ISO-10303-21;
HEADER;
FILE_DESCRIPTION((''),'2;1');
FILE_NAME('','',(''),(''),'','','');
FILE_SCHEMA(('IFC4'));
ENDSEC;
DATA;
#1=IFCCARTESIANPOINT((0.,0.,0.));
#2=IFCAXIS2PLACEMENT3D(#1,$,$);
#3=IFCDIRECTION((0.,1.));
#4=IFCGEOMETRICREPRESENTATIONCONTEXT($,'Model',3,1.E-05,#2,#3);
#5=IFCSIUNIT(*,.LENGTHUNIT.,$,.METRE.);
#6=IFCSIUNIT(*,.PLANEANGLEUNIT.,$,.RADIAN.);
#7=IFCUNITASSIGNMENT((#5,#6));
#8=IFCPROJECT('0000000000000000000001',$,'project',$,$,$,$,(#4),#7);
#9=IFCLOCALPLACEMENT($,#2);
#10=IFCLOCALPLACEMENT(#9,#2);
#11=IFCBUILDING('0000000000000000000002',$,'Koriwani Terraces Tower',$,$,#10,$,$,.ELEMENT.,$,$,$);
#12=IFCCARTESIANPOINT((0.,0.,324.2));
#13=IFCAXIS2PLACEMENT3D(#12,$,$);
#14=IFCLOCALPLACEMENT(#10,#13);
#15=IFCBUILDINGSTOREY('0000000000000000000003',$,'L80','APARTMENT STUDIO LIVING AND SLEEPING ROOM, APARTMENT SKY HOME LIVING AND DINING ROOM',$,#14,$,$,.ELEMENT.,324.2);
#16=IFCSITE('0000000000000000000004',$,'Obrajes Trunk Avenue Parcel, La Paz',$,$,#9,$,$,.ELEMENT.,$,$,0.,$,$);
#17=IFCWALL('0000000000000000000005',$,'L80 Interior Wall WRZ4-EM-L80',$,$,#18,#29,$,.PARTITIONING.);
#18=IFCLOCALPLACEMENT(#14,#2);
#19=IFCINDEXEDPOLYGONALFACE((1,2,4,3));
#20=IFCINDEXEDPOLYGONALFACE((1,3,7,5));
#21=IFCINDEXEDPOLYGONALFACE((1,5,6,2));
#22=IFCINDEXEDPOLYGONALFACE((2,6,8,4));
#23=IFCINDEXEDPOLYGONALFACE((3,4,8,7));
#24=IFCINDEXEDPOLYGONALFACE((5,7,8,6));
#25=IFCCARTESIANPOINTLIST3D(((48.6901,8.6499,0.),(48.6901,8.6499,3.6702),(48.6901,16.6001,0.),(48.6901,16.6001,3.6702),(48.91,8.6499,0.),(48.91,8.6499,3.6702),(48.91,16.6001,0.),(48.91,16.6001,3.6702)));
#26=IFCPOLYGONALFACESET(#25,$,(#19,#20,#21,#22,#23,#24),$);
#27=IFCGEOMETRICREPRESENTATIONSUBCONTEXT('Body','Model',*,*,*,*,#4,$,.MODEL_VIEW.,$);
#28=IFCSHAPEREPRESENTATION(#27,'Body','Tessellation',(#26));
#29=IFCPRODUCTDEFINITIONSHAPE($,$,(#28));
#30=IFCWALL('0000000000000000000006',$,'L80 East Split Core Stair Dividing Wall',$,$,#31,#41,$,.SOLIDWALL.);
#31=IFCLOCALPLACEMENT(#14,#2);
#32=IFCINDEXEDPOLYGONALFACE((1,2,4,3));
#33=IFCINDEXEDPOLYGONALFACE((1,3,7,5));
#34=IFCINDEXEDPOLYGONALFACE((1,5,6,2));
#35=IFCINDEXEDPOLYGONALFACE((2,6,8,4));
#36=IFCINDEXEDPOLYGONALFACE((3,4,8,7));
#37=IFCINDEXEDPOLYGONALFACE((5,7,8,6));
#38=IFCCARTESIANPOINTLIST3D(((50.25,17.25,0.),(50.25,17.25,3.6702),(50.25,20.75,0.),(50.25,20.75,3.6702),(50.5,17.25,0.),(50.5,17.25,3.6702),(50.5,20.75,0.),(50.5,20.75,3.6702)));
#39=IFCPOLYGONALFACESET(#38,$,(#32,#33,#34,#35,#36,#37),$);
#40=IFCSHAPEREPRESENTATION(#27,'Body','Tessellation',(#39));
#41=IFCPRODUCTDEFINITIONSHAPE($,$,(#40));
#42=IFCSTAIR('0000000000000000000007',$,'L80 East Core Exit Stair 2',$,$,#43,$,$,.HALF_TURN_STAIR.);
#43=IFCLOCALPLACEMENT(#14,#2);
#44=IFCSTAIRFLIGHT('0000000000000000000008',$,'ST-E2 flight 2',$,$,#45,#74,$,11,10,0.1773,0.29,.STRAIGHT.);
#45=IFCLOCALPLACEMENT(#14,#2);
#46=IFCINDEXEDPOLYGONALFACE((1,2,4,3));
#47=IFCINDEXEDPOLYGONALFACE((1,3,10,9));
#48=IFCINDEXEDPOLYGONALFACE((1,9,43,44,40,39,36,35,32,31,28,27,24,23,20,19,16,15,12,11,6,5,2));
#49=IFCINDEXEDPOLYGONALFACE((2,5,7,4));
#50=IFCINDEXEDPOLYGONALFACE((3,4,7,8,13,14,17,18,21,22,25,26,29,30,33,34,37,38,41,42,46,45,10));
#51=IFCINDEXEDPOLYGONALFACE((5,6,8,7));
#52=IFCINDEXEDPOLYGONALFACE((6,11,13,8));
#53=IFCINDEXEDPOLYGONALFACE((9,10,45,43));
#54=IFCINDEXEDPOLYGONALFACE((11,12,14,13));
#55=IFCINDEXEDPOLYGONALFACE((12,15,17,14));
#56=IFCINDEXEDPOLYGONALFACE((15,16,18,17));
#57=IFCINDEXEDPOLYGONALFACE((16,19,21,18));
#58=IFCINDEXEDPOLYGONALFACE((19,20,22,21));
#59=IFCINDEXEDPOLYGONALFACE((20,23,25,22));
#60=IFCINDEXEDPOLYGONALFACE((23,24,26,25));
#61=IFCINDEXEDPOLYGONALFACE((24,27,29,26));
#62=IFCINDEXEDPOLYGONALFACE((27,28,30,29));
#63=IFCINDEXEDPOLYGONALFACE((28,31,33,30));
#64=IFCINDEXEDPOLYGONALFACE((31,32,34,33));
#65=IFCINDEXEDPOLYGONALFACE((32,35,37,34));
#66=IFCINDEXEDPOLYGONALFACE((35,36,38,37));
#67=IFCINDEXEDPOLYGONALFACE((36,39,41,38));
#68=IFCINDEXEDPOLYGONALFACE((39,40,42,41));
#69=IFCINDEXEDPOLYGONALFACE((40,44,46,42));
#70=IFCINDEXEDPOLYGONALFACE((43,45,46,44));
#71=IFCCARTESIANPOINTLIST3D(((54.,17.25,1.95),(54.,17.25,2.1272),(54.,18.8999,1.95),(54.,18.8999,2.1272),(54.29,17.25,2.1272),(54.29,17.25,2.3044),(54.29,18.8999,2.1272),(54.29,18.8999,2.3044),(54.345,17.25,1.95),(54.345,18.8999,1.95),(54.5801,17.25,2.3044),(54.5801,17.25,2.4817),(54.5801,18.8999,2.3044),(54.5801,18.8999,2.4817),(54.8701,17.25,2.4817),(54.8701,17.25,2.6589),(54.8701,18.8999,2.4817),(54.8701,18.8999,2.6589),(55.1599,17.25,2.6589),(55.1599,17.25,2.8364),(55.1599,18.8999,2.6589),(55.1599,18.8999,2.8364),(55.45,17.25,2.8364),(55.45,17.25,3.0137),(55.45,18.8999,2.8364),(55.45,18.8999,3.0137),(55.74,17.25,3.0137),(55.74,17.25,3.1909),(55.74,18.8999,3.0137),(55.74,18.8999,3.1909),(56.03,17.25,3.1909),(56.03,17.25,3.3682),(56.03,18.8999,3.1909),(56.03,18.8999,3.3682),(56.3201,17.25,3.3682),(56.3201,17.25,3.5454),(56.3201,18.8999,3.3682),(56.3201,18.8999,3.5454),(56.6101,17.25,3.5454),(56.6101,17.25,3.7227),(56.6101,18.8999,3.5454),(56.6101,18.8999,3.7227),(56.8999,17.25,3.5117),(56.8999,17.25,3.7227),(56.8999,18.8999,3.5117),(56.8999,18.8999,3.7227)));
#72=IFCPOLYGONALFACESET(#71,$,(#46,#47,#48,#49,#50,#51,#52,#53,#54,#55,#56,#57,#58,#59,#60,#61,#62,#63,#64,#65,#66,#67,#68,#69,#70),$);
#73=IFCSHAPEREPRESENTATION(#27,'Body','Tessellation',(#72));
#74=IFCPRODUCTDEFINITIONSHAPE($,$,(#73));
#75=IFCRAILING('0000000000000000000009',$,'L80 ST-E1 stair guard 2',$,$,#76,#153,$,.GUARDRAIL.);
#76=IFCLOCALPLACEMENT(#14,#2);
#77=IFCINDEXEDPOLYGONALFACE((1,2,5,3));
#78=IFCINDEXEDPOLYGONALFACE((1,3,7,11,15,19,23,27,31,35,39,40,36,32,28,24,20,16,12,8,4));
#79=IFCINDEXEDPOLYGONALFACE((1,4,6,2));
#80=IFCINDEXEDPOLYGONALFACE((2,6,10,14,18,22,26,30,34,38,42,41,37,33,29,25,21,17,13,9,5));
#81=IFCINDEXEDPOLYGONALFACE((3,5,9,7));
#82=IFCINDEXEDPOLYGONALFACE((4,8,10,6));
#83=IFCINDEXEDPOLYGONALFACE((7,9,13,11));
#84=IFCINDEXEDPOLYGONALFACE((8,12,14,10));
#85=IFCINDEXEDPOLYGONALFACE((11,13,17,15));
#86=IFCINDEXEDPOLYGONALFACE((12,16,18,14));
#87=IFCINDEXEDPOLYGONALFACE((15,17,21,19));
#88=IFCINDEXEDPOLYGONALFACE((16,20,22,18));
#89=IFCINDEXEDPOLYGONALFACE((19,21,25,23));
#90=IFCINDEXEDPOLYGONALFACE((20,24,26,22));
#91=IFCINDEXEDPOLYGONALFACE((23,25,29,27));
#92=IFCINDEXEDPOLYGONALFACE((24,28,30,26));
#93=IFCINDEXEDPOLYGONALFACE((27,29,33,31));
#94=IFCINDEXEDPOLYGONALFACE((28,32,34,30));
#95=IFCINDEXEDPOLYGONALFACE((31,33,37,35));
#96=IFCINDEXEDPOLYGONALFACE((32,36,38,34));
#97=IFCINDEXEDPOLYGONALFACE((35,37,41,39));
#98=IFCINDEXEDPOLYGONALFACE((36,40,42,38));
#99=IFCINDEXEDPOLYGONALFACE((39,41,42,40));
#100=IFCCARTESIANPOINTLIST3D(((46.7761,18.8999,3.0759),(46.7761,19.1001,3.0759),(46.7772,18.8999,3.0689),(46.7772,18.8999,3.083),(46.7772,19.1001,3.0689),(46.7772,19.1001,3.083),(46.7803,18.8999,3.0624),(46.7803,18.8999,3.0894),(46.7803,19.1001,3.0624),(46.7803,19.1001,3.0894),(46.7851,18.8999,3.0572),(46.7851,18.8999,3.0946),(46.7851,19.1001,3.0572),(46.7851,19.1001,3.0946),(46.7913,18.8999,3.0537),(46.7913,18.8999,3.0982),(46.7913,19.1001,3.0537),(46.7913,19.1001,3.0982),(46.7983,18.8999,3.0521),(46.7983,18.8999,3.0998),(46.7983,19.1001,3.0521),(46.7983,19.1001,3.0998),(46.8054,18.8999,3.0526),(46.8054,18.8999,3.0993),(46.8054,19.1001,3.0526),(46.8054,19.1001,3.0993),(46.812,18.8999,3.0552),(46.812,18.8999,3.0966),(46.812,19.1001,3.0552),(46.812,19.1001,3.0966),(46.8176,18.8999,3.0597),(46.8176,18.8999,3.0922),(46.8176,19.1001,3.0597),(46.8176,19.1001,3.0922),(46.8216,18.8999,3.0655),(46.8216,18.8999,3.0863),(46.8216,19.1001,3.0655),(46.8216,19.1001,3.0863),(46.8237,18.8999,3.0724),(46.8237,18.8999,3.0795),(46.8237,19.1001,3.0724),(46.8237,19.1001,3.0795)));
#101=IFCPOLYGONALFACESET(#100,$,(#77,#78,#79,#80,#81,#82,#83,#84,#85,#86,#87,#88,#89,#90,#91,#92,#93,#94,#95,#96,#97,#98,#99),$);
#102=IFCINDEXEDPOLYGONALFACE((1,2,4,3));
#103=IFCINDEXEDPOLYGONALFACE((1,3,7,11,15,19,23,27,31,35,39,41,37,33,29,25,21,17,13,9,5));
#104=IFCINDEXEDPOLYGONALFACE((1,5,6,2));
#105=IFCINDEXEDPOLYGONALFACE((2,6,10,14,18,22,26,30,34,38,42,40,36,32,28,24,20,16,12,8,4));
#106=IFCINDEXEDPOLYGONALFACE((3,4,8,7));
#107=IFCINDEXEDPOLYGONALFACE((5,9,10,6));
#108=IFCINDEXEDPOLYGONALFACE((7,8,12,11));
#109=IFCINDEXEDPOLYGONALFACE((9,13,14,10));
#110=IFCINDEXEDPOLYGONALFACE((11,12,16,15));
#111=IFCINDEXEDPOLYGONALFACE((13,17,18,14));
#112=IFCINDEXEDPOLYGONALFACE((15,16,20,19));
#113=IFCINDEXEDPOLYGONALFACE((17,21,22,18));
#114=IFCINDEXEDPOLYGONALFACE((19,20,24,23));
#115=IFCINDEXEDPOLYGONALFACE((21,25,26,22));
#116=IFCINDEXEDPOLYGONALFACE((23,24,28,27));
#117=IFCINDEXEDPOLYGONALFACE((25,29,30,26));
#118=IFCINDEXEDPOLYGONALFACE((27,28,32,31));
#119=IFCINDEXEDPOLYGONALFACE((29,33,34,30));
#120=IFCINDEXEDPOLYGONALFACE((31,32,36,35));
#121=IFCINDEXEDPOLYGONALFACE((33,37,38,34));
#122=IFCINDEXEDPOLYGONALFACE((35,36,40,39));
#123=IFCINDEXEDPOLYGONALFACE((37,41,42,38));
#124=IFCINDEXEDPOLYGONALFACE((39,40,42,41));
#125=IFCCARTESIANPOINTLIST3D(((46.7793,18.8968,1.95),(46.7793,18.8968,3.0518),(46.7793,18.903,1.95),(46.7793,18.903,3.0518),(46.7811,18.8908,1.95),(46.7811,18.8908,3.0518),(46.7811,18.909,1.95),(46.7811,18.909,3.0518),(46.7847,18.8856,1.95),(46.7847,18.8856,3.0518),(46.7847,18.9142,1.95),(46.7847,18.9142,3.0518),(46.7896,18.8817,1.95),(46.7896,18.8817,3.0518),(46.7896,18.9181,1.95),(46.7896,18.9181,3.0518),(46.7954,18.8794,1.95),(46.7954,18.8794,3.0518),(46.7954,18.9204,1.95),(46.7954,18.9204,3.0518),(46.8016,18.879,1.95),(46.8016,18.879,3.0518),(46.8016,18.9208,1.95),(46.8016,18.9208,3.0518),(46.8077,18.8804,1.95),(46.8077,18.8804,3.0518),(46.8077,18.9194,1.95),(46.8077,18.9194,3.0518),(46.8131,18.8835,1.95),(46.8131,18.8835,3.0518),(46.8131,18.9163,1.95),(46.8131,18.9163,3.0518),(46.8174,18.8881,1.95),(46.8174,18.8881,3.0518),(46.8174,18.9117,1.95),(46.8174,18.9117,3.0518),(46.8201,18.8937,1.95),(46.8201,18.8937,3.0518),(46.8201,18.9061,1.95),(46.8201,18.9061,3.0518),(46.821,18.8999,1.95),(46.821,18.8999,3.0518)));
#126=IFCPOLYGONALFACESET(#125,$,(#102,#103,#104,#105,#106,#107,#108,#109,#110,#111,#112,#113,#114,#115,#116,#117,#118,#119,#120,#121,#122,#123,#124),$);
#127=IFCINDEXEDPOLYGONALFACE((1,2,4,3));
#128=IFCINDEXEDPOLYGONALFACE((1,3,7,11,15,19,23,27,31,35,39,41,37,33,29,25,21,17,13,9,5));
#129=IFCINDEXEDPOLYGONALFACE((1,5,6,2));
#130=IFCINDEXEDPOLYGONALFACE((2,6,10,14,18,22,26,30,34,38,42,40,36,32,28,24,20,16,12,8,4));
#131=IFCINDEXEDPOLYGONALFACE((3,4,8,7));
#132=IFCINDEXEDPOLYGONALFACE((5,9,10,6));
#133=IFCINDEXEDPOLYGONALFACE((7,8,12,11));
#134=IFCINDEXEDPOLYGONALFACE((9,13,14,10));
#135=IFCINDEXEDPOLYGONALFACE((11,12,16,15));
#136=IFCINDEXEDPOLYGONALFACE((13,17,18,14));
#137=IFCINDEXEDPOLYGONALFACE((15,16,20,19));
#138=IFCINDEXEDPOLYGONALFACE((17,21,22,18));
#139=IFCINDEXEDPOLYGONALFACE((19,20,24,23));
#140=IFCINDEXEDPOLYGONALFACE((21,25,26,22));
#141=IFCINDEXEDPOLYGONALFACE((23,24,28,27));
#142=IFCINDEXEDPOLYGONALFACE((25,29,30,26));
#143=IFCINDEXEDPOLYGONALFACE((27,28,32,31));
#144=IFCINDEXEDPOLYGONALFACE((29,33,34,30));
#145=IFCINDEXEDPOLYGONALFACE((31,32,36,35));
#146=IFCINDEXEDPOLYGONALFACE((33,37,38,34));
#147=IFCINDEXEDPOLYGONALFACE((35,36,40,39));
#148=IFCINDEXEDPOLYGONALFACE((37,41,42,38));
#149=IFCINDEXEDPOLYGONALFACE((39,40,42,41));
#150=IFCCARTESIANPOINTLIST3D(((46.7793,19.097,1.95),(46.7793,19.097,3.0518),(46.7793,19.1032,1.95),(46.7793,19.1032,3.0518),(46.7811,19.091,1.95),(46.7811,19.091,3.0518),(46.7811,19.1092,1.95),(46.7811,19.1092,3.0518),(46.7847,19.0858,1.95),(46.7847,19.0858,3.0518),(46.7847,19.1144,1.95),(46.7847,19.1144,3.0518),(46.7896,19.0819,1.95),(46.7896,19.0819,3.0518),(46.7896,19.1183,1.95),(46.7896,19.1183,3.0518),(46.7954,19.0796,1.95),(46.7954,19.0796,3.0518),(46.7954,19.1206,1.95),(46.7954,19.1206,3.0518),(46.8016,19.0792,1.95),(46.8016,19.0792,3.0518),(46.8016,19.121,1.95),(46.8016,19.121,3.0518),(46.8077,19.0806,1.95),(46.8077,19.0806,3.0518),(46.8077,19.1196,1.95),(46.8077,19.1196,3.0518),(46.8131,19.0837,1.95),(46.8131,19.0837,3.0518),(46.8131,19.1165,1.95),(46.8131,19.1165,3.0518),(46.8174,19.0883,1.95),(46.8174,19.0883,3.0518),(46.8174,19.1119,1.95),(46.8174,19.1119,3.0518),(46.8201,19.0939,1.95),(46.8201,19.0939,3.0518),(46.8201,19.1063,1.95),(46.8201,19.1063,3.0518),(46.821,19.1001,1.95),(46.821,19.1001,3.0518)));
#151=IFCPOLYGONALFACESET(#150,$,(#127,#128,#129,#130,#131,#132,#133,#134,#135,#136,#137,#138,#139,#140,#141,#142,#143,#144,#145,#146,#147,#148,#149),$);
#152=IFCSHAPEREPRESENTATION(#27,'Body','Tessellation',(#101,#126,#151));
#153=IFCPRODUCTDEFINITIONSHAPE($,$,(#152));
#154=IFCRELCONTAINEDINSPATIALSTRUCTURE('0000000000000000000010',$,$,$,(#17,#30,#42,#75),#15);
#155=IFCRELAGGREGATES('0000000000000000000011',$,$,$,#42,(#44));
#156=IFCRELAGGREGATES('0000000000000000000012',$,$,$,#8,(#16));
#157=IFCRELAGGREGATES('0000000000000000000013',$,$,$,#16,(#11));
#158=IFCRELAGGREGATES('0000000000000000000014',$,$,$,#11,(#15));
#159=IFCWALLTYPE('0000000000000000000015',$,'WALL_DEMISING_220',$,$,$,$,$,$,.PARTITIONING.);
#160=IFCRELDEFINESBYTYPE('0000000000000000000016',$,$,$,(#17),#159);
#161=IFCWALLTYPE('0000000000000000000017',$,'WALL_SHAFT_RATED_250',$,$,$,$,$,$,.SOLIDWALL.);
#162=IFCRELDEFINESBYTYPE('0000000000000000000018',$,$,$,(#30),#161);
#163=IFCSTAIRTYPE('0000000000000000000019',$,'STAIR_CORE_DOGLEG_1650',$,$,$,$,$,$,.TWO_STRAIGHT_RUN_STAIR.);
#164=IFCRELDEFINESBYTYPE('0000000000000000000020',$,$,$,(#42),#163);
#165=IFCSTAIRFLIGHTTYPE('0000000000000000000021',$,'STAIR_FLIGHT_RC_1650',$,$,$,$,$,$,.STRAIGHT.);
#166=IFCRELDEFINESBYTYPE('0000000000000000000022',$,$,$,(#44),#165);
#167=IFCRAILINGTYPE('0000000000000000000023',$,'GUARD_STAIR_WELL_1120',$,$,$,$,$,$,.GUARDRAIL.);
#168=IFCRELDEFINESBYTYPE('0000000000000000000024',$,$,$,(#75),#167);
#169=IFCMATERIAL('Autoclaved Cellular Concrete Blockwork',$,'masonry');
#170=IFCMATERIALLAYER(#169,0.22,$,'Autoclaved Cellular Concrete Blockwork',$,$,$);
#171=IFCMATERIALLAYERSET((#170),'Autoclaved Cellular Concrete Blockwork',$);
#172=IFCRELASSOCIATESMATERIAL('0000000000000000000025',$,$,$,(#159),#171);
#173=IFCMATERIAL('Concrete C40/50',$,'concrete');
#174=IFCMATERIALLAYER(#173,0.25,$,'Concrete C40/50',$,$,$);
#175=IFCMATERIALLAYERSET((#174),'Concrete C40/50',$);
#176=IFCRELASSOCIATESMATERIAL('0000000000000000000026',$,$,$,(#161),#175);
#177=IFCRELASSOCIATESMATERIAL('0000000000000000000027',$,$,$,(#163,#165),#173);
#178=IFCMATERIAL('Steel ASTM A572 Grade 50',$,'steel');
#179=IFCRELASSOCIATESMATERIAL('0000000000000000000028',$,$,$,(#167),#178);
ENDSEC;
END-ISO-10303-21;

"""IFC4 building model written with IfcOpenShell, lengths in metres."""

from ifc_helpers import new_model, si_unit, direction, frame, frame_2d, origin, origin_2d, place, context, subcontext, project, spatial, polyline, rectangle, circle, outline, extrude, material, layer, layer_set, type_object, element, aggregate, save


model = new_model("IFC4")

# Units and contexts
model_context = context("Model", 3, precision=1e-05, world=origin(), true_north=direction((0.0, 1.0)))
body_context = subcontext(model_context, "Body", "Model", "MODEL_VIEW")
ifc_project = project(units=[si_unit("LENGTHUNIT", "METRE"), si_unit("PLANEANGLEUNIT", "RADIAN")], contexts=[model_context])

# Site, building, storey
site_placement = place(None, origin())
site = spatial("IfcSite", under=ifc_project, at=site_placement, Name="Obrajes Trunk Avenue Parcel, La Paz", CompositionType="ELEMENT", RefElevation=0.0)
building_placement = place(site_placement, origin())
building = spatial("IfcBuilding", under=site, at=building_placement, Name="Koriwani Terraces Tower", CompositionType="ELEMENT")
storey_placement = place(building_placement, frame((0.0, 0.0, 324.2)))
storey = spatial("IfcBuildingStorey", under=building, at=storey_placement, Name="L80", Description="APARTMENT STUDIO LIVING AND SLEEPING ROOM, APARTMENT SKY HOME LIVING AND DINING ROOM", CompositionType="ELEMENT", Elevation=324.2)

# Shared definitions
ifc_material_1 = material(Name="Concrete C40/50", Category="concrete")
ifc_material_2 = material(Name="Steel ASTM A572 Grade 50", Category="steel")

# Shared definitions
ifc_material_3 = material(Name="Autoclaved Cellular Concrete Blockwork", Category="masonry")

# Walls
ifc_layer_1 = layer(ifc_material_3, 0.22, Name="Autoclaved Cellular Concrete Blockwork")
ifc_layer_set_1 = layer_set([ifc_layer_1], Name="Autoclaved Cellular Concrete Blockwork")
wall_type_1 = type_object("IfcWallType", Name="WALL_DEMISING_220", PredefinedType="PARTITIONING", material=ifc_layer_set_1)
wall_1_placement = place(storey_placement, frame((48.8, 8.6499, 0.0), z_axis=(0.0, 0.0, 1.0), x_axis=(0.0, 1.0, 0.0)))
element("IfcWall", 1, at=wall_1_placement, inside=storey, type_object=wall_type_1, Name="L80 Interior Wall WRZ4-EM-L80", PredefinedType="PARTITIONING", context=body_context, shape_type="SweptSolid", body=[
    extrude(rectangle(XDim=7.9502, YDim=0.22, at=frame_2d((3.9751, 0.0))), origin(), (0.0, 0.0, 1.0), 3.6702),
])
ifc_layer_2 = layer(ifc_material_1, 0.25, Name="Concrete C40/50")
ifc_layer_set_2 = layer_set([ifc_layer_2], Name="Concrete C40/50")
wall_type_2 = type_object("IfcWallType", Name="WALL_SHAFT_RATED_250", PredefinedType="SOLIDWALL", material=ifc_layer_set_2)
wall_2_placement = place(storey_placement, frame((50.375, 17.25, 0.0), z_axis=(0.0, 0.0, 1.0), x_axis=(0.0, 1.0, 0.0)))
element("IfcWall", 2, at=wall_2_placement, inside=storey, type_object=wall_type_2, Name="L80 East Split Core Stair Dividing Wall", PredefinedType="SOLIDWALL", context=body_context, shape_type="SweptSolid", body=[
    extrude(rectangle(XDim=3.5, YDim=0.25, at=frame_2d((1.75, 0.0))), origin(), (0.0, 0.0, 1.0), 3.6702),
])

# Stair, stair flight
stair_type = type_object("IfcStairType", Name="STAIR_CORE_DOGLEG_1650", PredefinedType="TWO_STRAIGHT_RUN_STAIR", material=ifc_material_1)
stair_placement = place(storey_placement, origin())
stair = element("IfcStair", 3, at=stair_placement, inside=storey, type_object=stair_type, Name="L80 East Core Exit Stair 2", PredefinedType="HALF_TURN_STAIR")
stair_flight_type = type_object("IfcStairFlightType", Name="STAIR_FLIGHT_RC_1650", PredefinedType="STRAIGHT", material=ifc_material_1)
stair_flight_placement = place(storey_placement, frame((54.0, 18.075, 1.95), z_axis=(0.0, 0.0, 1.0), x_axis=(1.0, 0.0, 0.0)))
stair_flight = element("IfcStairFlight", 4, at=stair_flight_placement, type_object=stair_flight_type, Name="ST-E2 flight 2", NumberOfRisers=11, NumberOfTreads=10, PredefinedType="STRAIGHT", RiserHeight=0.1773, TreadLength=0.29, context=body_context, shape_type="SweptSolid", body=[
    extrude(outline(polyline([(0.0, 0.0), (0.0, 0.1772), (0.29, 0.1772), (0.29, 0.3545), (0.5801, 0.3545), (0.5801, 0.5317), (0.8701, 0.5317), (0.8701, 0.709), (1.1599, 0.709), (1.1599, 0.8865), (1.45, 0.8865), (1.45, 1.0637), (1.74, 1.0637), (1.74, 1.241), (2.03, 1.241), (2.03, 1.4182), (2.3201, 1.4182), (2.3201, 1.5955), (2.6101, 1.5955), (2.6101, 1.7727), (2.8999, 1.7727), (2.8999, 1.95), (2.8999, 1.5618), (0.345, 0.0), (0.0, 0.0)])), frame((0.0, 0.825, 0.0), z_axis=(0.0, -1.0, 0.0), x_axis=(1.0, 0.0, 0.0)), (0.0, 0.0, 1.0), 1.6499),
])
aggregate(stair, [stair_flight])

# Railing
railing_type_1 = type_object("IfcRailingType", Name="GUARD_STAIR_WELL_1120", PredefinedType="GUARDRAIL", material=ifc_material_2)
railing_1_placement = place(storey_placement, frame((46.8, 18.8999, 1.95)))
element("IfcRailing", 5, at=railing_1_placement, inside=storey, type_object=railing_type_1, Name="L80 ST-E1 stair guard 2", PredefinedType="GUARDRAIL", context=body_context, shape_type="SweptSolid", body=[
    extrude(circle(Radius=0.0239, at=origin_2d()), frame((0.0, 0.0, 1.126), z_axis=(0.0, 1.0, 0.0), x_axis=(-1.0, 0.0, 0.0)), (0.0, 0.0, 1.0), 0.2002),
    extrude(circle(Radius=0.021, at=origin_2d()), origin(), (0.0, 0.0, 1.0), 1.1018),
    extrude(circle(Radius=0.021, at=origin_2d()), frame((0.0, 0.2002, 0.0)), (0.0, 0.0, 1.0), 1.1018),
])

save(model, "model.ifc")
